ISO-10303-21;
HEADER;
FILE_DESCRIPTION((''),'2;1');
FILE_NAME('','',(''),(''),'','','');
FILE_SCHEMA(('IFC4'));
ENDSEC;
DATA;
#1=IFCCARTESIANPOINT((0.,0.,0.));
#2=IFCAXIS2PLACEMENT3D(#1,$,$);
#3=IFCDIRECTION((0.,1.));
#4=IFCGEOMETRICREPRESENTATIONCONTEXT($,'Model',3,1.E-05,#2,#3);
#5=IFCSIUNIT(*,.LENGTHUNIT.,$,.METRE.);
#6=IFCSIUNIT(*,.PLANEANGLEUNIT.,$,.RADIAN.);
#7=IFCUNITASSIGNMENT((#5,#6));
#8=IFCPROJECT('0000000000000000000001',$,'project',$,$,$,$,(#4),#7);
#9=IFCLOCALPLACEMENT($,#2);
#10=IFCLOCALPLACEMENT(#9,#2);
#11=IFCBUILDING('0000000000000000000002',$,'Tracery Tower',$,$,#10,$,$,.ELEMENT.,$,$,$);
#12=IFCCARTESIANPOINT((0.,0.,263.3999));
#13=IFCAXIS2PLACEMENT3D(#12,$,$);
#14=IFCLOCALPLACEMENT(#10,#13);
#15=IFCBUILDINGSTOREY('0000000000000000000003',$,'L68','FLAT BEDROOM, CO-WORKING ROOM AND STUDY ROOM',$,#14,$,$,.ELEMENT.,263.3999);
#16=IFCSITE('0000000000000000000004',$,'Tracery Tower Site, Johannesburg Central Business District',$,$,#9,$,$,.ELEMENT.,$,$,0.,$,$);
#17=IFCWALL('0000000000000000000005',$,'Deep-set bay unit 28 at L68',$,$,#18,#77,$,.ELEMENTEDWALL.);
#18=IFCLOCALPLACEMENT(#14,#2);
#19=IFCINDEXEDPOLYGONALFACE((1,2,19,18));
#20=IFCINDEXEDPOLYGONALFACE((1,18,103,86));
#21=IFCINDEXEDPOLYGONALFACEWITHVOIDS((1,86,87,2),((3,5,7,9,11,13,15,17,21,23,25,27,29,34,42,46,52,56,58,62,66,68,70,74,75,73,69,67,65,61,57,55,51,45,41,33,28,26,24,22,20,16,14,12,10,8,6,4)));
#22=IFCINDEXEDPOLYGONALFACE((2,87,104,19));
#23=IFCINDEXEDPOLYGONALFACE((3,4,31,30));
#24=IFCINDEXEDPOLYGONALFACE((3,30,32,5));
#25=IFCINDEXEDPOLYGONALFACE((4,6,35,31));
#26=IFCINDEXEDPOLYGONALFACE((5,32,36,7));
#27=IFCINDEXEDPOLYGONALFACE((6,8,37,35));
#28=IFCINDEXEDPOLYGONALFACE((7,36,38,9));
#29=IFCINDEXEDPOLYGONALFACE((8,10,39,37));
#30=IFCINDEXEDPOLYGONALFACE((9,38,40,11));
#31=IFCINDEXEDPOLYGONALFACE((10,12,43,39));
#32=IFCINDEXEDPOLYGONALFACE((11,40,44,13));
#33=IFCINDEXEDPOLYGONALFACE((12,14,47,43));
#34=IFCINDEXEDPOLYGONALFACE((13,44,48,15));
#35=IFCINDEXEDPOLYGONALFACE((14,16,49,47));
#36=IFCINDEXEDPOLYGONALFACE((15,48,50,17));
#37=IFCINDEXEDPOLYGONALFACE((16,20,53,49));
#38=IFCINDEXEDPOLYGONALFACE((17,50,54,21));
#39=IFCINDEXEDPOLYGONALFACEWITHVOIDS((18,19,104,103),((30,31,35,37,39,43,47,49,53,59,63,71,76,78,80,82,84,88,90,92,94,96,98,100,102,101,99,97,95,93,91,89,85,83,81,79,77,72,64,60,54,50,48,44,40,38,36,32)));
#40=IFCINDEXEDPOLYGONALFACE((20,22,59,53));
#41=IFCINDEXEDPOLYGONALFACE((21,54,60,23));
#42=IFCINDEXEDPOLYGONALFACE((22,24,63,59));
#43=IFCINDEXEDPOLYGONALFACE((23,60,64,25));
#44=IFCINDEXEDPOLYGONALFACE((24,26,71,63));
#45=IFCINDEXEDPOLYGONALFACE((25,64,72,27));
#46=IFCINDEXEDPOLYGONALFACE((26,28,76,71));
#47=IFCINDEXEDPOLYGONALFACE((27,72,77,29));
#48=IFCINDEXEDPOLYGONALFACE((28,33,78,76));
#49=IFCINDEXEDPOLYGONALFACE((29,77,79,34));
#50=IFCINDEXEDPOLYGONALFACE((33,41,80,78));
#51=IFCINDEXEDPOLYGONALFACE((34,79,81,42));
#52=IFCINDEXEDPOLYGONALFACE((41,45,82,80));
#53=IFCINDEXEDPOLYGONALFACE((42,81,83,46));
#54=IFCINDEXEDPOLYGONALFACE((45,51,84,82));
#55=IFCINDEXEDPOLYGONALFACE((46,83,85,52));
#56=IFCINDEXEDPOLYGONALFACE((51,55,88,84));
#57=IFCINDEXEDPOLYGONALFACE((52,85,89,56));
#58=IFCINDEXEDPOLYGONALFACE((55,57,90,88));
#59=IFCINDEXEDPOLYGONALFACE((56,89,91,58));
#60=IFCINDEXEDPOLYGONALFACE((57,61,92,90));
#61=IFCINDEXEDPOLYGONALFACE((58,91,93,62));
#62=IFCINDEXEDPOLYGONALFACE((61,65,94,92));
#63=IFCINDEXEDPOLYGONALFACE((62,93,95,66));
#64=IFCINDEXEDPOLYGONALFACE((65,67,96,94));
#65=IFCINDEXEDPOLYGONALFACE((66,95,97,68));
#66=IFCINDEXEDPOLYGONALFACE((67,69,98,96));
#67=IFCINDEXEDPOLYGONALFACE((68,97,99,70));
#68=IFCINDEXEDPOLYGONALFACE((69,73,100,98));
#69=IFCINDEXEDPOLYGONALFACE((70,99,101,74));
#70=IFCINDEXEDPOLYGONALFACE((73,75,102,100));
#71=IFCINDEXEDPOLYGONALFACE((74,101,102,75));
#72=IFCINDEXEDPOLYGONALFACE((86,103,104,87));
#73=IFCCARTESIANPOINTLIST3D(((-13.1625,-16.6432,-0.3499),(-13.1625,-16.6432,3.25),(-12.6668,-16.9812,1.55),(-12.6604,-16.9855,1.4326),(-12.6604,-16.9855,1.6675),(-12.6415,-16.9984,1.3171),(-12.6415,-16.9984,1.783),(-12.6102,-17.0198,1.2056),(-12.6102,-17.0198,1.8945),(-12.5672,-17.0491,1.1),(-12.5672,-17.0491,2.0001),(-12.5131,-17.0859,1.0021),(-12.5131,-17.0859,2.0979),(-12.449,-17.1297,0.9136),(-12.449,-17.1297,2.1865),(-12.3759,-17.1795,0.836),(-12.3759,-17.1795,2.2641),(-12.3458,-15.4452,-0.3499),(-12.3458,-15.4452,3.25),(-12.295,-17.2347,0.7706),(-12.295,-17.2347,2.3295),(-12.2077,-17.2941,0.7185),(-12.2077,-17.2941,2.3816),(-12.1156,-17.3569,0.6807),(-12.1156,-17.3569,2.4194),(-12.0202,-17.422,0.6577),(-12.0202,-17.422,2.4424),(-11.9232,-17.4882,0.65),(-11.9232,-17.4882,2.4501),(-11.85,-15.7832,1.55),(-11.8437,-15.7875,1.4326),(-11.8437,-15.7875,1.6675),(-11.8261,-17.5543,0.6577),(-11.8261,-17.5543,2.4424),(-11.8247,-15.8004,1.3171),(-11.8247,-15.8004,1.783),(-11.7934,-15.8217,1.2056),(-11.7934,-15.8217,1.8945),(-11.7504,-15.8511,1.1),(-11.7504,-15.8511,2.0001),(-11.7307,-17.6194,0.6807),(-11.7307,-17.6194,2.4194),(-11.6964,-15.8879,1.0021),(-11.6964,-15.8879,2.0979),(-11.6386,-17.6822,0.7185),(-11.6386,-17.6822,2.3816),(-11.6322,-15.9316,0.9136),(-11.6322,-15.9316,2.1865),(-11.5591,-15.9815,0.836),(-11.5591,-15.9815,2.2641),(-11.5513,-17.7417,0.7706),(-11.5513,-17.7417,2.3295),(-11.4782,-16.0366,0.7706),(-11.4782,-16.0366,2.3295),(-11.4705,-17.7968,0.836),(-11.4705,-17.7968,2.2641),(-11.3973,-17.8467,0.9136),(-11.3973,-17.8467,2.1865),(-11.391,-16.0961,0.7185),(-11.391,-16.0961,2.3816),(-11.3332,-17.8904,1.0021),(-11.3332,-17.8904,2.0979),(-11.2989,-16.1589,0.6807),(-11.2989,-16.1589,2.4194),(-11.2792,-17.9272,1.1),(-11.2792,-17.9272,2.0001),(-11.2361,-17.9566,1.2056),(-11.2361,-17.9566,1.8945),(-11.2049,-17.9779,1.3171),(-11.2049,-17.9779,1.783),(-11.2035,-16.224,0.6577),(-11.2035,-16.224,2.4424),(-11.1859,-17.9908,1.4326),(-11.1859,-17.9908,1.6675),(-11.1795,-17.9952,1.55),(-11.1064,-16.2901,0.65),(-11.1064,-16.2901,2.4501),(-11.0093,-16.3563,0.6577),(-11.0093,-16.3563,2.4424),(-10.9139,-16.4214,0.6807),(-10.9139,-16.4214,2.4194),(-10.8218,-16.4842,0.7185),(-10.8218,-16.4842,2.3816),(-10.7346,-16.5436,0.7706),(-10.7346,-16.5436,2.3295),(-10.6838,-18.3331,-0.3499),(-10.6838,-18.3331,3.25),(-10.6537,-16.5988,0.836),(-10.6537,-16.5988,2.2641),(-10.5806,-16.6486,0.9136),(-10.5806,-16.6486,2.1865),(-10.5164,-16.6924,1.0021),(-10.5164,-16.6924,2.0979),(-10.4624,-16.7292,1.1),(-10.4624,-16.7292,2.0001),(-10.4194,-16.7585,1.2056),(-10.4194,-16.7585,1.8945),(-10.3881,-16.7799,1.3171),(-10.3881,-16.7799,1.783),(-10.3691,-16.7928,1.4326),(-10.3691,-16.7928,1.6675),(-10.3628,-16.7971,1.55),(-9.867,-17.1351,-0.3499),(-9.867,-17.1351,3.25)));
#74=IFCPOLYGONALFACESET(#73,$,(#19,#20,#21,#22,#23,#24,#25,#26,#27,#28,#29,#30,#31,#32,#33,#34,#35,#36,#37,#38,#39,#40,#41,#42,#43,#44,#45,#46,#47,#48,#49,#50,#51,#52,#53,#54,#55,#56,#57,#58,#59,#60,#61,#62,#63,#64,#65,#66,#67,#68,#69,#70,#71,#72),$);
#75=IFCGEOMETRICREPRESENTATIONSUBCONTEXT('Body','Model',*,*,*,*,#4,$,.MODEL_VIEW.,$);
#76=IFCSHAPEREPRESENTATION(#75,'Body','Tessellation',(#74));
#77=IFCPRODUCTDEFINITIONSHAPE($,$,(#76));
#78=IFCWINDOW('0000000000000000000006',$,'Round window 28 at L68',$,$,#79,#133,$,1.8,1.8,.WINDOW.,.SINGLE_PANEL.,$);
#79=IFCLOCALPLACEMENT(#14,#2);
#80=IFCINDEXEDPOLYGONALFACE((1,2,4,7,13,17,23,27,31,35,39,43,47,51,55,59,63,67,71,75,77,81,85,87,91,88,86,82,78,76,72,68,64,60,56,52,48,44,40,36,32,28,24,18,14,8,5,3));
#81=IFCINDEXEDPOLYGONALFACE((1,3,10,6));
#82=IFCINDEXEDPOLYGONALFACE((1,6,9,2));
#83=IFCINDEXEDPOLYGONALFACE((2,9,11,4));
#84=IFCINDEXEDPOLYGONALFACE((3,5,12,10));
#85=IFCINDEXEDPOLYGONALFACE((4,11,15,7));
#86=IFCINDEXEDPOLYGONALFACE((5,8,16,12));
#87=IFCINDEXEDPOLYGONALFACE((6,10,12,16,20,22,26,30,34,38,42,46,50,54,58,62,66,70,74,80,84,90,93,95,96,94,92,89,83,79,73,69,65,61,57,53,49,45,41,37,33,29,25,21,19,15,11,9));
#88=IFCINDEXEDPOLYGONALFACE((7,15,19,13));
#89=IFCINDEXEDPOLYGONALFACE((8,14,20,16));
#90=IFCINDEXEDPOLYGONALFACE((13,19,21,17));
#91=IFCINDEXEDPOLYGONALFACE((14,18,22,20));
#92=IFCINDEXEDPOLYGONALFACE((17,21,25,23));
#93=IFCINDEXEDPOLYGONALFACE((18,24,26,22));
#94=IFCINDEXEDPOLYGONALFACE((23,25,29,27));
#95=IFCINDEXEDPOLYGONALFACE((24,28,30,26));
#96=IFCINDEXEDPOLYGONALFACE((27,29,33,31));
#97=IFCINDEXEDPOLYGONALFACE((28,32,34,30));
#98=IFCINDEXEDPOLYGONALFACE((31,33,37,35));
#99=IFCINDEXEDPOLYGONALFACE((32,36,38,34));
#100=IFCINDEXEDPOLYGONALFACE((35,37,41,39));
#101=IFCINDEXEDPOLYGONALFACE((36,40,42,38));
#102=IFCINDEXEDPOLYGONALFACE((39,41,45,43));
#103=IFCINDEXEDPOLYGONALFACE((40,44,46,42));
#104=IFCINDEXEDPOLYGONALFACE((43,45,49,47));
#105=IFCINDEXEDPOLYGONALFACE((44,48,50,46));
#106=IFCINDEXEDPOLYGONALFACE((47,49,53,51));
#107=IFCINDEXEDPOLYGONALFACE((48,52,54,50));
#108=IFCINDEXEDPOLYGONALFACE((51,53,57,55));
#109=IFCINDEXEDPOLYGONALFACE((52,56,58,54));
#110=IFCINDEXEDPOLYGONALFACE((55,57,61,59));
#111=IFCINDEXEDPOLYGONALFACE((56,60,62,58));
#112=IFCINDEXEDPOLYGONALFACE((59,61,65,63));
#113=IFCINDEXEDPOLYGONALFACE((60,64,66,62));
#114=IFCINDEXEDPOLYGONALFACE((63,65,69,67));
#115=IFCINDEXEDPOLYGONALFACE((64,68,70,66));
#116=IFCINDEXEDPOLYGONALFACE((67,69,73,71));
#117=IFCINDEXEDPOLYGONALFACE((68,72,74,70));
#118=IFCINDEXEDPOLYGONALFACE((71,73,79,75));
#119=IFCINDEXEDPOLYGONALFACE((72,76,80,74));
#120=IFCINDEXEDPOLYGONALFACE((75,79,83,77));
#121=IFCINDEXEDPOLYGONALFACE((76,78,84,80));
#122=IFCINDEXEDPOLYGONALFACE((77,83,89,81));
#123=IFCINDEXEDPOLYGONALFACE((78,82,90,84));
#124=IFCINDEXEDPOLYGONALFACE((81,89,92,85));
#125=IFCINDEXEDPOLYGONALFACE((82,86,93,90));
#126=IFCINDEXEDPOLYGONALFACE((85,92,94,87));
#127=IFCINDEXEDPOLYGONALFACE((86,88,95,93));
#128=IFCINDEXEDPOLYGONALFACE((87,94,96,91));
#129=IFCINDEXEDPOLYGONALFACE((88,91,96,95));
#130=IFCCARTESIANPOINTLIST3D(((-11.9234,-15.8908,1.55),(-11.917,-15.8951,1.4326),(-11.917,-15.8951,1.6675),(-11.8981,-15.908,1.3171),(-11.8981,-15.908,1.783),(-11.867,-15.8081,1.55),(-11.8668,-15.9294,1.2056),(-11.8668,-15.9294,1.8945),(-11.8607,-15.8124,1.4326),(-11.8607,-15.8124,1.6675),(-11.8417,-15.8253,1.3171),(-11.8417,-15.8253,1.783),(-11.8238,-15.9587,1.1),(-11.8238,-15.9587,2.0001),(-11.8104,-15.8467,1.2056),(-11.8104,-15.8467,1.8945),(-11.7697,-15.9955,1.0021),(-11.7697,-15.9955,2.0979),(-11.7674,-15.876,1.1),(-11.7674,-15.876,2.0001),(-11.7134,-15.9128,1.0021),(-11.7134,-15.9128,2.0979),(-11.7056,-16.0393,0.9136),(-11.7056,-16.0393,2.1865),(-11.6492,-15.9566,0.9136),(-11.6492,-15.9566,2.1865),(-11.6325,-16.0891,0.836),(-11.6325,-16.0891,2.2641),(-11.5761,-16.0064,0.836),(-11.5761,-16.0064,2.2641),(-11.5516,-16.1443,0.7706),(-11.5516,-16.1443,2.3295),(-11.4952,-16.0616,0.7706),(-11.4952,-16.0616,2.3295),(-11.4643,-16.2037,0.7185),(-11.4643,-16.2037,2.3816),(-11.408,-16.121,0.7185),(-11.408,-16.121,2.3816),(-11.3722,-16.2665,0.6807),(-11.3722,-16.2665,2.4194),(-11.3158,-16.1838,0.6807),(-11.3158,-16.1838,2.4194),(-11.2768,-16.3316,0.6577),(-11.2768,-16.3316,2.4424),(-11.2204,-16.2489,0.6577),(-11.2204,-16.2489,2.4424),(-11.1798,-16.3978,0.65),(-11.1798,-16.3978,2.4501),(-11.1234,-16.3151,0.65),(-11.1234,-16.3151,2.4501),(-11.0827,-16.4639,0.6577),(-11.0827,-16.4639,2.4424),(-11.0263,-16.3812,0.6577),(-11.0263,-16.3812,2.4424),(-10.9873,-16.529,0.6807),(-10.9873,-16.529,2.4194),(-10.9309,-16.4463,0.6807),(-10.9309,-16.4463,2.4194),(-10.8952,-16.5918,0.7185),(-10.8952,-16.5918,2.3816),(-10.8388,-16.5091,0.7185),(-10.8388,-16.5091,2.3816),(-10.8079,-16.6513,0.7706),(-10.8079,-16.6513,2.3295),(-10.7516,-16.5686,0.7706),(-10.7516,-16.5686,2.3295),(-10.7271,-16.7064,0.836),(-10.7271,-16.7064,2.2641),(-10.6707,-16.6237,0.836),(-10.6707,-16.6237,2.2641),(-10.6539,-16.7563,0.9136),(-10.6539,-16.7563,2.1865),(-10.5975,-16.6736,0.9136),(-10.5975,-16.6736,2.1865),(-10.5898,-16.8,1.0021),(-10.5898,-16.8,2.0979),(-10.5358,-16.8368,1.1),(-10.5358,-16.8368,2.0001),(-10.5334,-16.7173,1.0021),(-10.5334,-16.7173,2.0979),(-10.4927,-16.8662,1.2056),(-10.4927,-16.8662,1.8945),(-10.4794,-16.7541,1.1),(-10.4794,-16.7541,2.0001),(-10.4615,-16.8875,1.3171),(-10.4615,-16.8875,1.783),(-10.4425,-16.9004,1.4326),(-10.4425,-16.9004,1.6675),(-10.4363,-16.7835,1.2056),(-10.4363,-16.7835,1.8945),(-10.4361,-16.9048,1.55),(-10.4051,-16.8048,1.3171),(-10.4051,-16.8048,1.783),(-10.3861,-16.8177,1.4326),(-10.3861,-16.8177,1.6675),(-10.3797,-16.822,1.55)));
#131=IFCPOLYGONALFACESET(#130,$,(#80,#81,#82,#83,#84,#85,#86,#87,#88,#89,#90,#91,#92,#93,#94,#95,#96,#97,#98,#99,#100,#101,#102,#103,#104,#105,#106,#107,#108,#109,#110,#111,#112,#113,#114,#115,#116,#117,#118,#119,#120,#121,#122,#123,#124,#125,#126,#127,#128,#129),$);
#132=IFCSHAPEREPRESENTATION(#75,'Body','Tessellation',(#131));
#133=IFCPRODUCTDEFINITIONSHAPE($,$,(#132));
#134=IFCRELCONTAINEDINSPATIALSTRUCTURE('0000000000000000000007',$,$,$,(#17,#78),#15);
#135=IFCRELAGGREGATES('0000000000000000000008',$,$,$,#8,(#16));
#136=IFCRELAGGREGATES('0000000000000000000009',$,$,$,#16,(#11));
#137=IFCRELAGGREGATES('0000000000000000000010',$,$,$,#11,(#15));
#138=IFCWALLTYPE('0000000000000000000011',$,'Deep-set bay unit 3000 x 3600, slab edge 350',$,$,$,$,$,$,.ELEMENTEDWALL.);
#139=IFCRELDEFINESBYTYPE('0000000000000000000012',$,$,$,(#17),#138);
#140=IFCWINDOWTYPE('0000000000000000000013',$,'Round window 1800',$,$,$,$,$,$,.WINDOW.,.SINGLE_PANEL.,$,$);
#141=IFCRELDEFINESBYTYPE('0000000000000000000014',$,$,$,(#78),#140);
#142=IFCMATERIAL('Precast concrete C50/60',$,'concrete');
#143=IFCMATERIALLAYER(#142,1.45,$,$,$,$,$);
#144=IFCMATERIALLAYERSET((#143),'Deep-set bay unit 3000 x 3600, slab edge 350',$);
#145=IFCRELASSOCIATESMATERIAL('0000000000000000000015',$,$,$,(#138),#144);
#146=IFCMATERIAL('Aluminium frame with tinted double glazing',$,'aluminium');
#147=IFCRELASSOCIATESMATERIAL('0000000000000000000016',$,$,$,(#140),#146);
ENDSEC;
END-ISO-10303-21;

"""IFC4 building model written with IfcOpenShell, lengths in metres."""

from ifc_helpers import new_model, si_unit, direction, frame, frame_2d, origin, origin_2d, place, context, subcontext, project, spatial, rectangle, circle, extrude, material, layer, layer_set, type_object, element, fill, save


model = new_model("IFC4")

# Units and contexts
model_context = context("Model", 3, precision=1e-05, world=origin(), true_north=direction((0.0, 1.0)))
body_context = subcontext(model_context, "Body", "Model", "MODEL_VIEW")
ifc_project = project(units=[si_unit("LENGTHUNIT", "METRE"), si_unit("PLANEANGLEUNIT", "RADIAN")], contexts=[model_context])

# Site, building, storey
site_placement = place(None, origin())
site = spatial("IfcSite", under=ifc_project, at=site_placement, Name="Tracery Tower Site, Johannesburg Central Business District", CompositionType="ELEMENT", RefElevation=0.0)
building_placement = place(site_placement, origin())
building = spatial("IfcBuilding", under=site, at=building_placement, Name="Tracery Tower", CompositionType="ELEMENT")
storey_placement = place(building_placement, frame((0.0, 0.0, 263.3999)))
storey = spatial("IfcBuildingStorey", under=building, at=storey_placement, Name="L68", Description="FLAT BEDROOM, CO-WORKING ROOM AND STUDY ROOM", CompositionType="ELEMENT", Elevation=263.3999)

# Wall, opening, window
ifc_material_1 = material(Name="Precast concrete C50/60", Category="concrete")
ifc_layer_1 = layer(ifc_material_1, 1.45)
ifc_layer_set_1 = layer_set([ifc_layer_1], Name="Deep-set bay unit 3000 x 3600, slab edge 350")
wall_type_1 = type_object("IfcWallType", Name="Deep-set bay unit 3000 x 3600, slab edge 350", PredefinedType="ELEMENTEDWALL", material=ifc_layer_set_1)
ifc_material_2 = material(Name="Aluminium frame with tinted double glazing", Category="aluminium")
window_type = type_object("IfcWindowType", Name="Round window 1800", PartitioningType="SINGLE_PANEL", PredefinedType="WINDOW", material=ifc_material_2)
wall_1_placement = place(storey_placement, frame((-12.7542, -16.0442, -0.3499), z_axis=(0.0, 0.0, 1.0), x_axis=(0.826246, -0.563309, 0.0)))
wall_1 = element("IfcWall", 1, at=wall_1_placement, inside=storey, type_object=wall_type_1, Name="Deep-set bay unit 28 at L68", PredefinedType="ELEMENTEDWALL", context=body_context, shape_type="SweptSolid", body=[
    extrude(rectangle(XDim=3.0, YDim=1.45, at=frame_2d((1.5, 0.0))), origin(), (0.0, 0.0, 1.0), 3.5999),
])
opening_1_placement = place(wall_1_placement, frame((1.5, 0.0, 1.8999)))
opening_1 = element("IfcOpeningElement", 2, at=opening_1_placement, cuts=wall_1, PredefinedType="OPENING", context=body_context, shape_type="SweptSolid", body=[
    extrude(circle(Radius=0.9, at=origin_2d()), frame((0.0, 0.7349, 0.0), z_axis=(0.0, -1.0, 0.0), x_axis=(1.0, 0.0, 0.0)), (0.0, 0.0, 1.0), 1.47),
])
window_1_placement = place(opening_1_placement, origin())
window_1 = element("IfcWindow", 3, at=window_1_placement, inside=storey, type_object=window_type, Name="Round window 28 at L68", OverallHeight=1.8, OverallWidth=1.8, PartitioningType="SINGLE_PANEL", PredefinedType="WINDOW", context=body_context, shape_type="SweptSolid", body=[
    extrude(circle(Radius=0.9, at=origin_2d()), frame((0.0, 0.6948, 0.0), z_axis=(0.0, -1.0, 0.0), x_axis=(1.0, 0.0, 0.0)), (0.0, 0.0, 1.0), 0.1001),
])
fill(opening_1, window_1)

save(model, "model.ifc")
